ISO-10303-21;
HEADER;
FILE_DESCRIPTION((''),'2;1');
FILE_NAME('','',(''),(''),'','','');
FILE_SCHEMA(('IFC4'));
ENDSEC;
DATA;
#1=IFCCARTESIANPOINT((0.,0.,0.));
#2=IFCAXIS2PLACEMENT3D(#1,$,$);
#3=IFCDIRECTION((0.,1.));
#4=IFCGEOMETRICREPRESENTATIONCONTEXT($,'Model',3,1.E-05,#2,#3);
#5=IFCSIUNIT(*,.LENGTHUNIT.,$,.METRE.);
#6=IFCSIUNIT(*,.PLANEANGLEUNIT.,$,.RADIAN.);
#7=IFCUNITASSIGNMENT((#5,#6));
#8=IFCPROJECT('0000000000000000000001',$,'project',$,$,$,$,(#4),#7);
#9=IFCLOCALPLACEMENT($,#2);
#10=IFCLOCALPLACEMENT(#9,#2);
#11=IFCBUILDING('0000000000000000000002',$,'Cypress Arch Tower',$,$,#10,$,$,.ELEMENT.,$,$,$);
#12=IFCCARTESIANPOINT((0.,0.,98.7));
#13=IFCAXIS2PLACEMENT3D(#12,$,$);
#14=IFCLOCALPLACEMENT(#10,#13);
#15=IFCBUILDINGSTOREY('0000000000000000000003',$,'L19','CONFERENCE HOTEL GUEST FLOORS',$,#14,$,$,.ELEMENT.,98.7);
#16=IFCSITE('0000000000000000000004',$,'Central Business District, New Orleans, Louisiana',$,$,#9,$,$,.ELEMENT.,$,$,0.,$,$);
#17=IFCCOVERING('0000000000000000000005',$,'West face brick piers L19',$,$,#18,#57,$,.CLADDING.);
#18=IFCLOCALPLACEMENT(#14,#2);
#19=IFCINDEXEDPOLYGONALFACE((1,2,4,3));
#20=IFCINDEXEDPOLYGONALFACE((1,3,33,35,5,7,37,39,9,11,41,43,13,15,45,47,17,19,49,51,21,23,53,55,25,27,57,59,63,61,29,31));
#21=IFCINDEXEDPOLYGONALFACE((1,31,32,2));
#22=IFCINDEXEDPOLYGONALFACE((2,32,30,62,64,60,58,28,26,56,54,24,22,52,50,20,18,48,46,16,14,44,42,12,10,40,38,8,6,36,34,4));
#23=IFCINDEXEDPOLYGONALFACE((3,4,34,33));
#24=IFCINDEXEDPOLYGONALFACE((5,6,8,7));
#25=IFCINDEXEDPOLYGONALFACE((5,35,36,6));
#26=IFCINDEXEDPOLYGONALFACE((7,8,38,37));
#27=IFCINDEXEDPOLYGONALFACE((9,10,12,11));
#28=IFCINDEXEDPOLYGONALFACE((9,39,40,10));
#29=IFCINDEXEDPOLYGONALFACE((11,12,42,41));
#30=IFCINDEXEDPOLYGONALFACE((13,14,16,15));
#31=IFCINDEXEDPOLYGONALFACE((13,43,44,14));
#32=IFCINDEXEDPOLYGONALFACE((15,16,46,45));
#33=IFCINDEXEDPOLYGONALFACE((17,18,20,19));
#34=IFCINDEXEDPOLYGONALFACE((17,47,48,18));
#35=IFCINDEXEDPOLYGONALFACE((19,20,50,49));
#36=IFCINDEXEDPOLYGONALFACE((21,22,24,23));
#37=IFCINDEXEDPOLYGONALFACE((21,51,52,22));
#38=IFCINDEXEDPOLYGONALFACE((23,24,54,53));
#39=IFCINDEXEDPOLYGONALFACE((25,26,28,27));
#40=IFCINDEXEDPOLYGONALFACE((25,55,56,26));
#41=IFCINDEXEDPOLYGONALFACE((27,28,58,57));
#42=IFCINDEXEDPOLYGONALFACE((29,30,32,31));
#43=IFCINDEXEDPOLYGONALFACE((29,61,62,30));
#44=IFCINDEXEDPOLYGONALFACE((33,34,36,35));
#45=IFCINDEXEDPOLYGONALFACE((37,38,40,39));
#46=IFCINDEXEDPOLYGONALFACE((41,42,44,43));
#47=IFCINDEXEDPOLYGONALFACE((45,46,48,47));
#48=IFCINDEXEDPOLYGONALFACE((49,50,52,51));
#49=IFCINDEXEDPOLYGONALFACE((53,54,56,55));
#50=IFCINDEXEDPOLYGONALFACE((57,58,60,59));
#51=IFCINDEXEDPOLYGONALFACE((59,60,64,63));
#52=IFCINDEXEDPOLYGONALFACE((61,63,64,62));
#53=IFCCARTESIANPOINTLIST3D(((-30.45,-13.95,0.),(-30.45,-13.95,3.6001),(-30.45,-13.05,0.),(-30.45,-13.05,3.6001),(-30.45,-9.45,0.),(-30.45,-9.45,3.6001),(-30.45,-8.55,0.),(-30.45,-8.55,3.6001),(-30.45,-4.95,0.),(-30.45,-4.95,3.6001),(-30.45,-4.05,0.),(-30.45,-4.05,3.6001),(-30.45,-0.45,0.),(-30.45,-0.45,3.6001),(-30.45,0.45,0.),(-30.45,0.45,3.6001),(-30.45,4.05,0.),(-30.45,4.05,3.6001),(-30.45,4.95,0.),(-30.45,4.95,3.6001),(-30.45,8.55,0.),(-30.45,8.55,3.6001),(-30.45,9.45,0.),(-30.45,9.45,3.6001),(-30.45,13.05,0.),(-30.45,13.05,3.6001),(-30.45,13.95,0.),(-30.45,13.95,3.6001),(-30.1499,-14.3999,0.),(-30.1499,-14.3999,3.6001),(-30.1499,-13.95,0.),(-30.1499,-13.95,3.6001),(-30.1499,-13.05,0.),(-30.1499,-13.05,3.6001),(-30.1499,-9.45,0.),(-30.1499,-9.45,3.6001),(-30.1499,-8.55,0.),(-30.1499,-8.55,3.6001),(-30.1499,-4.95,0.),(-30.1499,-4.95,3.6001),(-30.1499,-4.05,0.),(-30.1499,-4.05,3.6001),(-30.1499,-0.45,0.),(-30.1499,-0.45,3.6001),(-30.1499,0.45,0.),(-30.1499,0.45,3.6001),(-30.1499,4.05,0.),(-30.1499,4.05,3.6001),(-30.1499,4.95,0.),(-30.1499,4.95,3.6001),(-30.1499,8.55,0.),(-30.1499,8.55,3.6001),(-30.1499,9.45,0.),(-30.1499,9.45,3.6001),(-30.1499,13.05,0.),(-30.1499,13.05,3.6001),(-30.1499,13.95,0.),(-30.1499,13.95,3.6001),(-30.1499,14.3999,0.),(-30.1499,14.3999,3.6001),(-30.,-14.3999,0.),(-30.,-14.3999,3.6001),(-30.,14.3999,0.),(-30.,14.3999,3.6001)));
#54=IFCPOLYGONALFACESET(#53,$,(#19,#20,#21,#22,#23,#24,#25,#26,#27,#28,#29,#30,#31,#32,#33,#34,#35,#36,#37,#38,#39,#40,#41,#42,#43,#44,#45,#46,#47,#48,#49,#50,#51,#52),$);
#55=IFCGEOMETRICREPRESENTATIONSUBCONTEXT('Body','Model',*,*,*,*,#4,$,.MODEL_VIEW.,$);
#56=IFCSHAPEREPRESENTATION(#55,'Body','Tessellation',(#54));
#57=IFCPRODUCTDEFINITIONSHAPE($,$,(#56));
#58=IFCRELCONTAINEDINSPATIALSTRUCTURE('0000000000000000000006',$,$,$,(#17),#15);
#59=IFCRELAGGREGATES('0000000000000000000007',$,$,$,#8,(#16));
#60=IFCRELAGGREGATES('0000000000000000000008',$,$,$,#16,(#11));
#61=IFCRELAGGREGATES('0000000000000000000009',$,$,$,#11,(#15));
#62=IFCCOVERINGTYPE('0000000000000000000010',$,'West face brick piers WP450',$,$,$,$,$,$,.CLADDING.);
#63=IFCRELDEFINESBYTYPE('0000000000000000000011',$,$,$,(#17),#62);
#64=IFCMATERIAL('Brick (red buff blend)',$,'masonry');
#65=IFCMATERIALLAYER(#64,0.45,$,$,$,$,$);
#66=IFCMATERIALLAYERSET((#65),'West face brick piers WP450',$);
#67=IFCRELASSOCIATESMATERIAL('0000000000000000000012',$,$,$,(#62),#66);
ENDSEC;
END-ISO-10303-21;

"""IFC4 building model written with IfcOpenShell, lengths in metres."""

from ifc_helpers import new_model, si_unit, direction, frame, origin, place, context, subcontext, project, spatial, polyline, outline, extrude, material, layer, layer_set, type_object, element, save


model = new_model("IFC4")

# Units and contexts
model_context = context("Model", 3, precision=1e-05, world=origin(), true_north=direction((0.0, 1.0)))
body_context = subcontext(model_context, "Body", "Model", "MODEL_VIEW")
ifc_project = project(units=[si_unit("LENGTHUNIT", "METRE"), si_unit("PLANEANGLEUNIT", "RADIAN")], contexts=[model_context])

# Site, building, storey
site_placement = place(None, origin())
site = spatial("IfcSite", under=ifc_project, at=site_placement, Name="Central Business District, New Orleans, Louisiana", CompositionType="ELEMENT", RefElevation=0.0)
building_placement = place(site_placement, origin())
building = spatial("IfcBuilding", under=site, at=building_placement, Name="Cypress Arch Tower", CompositionType="ELEMENT")
storey_placement = place(building_placement, frame((0.0, 0.0, 98.7)))
storey = spatial("IfcBuildingStorey", under=building, at=storey_placement, Name="L19", Description="CONFERENCE HOTEL GUEST FLOORS", CompositionType="ELEMENT", Elevation=98.7)

# Covering
ifc_material_1 = material(Name="Brick (red buff blend)", Category="masonry")
ifc_layer_1 = layer(ifc_material_1, 0.45)
ifc_layer_set_1 = layer_set([ifc_layer_1], Name="West face brick piers WP450")
covering_type_1 = type_object("IfcCoveringType", Name="West face brick piers WP450", PredefinedType="CLADDING", material=ifc_layer_set_1)
covering_1_placement = place(storey_placement, origin())
element("IfcCovering", 1, at=covering_1_placement, inside=storey, type_object=covering_type_1, Name="West face brick piers L19", PredefinedType="CLADDING", context=body_context, shape_type="SweptSolid", body=[
    extrude(outline(polyline([(-30.1499, -13.05), (-30.1499, -9.45), (-30.45, -9.45), (-30.45, -8.55), (-30.1499, -8.55), (-30.1499, -4.95), (-30.45, -4.95), (-30.45, -4.05), (-30.1499, -4.05), (-30.1499, -0.45), (-30.45, -0.45), (-30.45, 0.45), (-30.1499, 0.45), (-30.1499, 4.05), (-30.45, 4.05), (-30.45, 4.95), (-30.1499, 4.95), (-30.1499, 8.55), (-30.45, 8.55), (-30.45, 9.45), (-30.1499, 9.45), (-30.1499, 13.05), (-30.45, 13.05), (-30.45, 13.95), (-30.1499, 13.95), (-30.1499, 14.3999), (-30.0, 14.3999), (-30.0, -14.3999), (-30.1499, -14.3999), (-30.1499, -13.95), (-30.45, -13.95), (-30.45, -13.05), (-30.1499, -13.05)])), origin(), (0.0, 0.0, 1.0), 3.6001),
])

save(model, "model.ifc")
